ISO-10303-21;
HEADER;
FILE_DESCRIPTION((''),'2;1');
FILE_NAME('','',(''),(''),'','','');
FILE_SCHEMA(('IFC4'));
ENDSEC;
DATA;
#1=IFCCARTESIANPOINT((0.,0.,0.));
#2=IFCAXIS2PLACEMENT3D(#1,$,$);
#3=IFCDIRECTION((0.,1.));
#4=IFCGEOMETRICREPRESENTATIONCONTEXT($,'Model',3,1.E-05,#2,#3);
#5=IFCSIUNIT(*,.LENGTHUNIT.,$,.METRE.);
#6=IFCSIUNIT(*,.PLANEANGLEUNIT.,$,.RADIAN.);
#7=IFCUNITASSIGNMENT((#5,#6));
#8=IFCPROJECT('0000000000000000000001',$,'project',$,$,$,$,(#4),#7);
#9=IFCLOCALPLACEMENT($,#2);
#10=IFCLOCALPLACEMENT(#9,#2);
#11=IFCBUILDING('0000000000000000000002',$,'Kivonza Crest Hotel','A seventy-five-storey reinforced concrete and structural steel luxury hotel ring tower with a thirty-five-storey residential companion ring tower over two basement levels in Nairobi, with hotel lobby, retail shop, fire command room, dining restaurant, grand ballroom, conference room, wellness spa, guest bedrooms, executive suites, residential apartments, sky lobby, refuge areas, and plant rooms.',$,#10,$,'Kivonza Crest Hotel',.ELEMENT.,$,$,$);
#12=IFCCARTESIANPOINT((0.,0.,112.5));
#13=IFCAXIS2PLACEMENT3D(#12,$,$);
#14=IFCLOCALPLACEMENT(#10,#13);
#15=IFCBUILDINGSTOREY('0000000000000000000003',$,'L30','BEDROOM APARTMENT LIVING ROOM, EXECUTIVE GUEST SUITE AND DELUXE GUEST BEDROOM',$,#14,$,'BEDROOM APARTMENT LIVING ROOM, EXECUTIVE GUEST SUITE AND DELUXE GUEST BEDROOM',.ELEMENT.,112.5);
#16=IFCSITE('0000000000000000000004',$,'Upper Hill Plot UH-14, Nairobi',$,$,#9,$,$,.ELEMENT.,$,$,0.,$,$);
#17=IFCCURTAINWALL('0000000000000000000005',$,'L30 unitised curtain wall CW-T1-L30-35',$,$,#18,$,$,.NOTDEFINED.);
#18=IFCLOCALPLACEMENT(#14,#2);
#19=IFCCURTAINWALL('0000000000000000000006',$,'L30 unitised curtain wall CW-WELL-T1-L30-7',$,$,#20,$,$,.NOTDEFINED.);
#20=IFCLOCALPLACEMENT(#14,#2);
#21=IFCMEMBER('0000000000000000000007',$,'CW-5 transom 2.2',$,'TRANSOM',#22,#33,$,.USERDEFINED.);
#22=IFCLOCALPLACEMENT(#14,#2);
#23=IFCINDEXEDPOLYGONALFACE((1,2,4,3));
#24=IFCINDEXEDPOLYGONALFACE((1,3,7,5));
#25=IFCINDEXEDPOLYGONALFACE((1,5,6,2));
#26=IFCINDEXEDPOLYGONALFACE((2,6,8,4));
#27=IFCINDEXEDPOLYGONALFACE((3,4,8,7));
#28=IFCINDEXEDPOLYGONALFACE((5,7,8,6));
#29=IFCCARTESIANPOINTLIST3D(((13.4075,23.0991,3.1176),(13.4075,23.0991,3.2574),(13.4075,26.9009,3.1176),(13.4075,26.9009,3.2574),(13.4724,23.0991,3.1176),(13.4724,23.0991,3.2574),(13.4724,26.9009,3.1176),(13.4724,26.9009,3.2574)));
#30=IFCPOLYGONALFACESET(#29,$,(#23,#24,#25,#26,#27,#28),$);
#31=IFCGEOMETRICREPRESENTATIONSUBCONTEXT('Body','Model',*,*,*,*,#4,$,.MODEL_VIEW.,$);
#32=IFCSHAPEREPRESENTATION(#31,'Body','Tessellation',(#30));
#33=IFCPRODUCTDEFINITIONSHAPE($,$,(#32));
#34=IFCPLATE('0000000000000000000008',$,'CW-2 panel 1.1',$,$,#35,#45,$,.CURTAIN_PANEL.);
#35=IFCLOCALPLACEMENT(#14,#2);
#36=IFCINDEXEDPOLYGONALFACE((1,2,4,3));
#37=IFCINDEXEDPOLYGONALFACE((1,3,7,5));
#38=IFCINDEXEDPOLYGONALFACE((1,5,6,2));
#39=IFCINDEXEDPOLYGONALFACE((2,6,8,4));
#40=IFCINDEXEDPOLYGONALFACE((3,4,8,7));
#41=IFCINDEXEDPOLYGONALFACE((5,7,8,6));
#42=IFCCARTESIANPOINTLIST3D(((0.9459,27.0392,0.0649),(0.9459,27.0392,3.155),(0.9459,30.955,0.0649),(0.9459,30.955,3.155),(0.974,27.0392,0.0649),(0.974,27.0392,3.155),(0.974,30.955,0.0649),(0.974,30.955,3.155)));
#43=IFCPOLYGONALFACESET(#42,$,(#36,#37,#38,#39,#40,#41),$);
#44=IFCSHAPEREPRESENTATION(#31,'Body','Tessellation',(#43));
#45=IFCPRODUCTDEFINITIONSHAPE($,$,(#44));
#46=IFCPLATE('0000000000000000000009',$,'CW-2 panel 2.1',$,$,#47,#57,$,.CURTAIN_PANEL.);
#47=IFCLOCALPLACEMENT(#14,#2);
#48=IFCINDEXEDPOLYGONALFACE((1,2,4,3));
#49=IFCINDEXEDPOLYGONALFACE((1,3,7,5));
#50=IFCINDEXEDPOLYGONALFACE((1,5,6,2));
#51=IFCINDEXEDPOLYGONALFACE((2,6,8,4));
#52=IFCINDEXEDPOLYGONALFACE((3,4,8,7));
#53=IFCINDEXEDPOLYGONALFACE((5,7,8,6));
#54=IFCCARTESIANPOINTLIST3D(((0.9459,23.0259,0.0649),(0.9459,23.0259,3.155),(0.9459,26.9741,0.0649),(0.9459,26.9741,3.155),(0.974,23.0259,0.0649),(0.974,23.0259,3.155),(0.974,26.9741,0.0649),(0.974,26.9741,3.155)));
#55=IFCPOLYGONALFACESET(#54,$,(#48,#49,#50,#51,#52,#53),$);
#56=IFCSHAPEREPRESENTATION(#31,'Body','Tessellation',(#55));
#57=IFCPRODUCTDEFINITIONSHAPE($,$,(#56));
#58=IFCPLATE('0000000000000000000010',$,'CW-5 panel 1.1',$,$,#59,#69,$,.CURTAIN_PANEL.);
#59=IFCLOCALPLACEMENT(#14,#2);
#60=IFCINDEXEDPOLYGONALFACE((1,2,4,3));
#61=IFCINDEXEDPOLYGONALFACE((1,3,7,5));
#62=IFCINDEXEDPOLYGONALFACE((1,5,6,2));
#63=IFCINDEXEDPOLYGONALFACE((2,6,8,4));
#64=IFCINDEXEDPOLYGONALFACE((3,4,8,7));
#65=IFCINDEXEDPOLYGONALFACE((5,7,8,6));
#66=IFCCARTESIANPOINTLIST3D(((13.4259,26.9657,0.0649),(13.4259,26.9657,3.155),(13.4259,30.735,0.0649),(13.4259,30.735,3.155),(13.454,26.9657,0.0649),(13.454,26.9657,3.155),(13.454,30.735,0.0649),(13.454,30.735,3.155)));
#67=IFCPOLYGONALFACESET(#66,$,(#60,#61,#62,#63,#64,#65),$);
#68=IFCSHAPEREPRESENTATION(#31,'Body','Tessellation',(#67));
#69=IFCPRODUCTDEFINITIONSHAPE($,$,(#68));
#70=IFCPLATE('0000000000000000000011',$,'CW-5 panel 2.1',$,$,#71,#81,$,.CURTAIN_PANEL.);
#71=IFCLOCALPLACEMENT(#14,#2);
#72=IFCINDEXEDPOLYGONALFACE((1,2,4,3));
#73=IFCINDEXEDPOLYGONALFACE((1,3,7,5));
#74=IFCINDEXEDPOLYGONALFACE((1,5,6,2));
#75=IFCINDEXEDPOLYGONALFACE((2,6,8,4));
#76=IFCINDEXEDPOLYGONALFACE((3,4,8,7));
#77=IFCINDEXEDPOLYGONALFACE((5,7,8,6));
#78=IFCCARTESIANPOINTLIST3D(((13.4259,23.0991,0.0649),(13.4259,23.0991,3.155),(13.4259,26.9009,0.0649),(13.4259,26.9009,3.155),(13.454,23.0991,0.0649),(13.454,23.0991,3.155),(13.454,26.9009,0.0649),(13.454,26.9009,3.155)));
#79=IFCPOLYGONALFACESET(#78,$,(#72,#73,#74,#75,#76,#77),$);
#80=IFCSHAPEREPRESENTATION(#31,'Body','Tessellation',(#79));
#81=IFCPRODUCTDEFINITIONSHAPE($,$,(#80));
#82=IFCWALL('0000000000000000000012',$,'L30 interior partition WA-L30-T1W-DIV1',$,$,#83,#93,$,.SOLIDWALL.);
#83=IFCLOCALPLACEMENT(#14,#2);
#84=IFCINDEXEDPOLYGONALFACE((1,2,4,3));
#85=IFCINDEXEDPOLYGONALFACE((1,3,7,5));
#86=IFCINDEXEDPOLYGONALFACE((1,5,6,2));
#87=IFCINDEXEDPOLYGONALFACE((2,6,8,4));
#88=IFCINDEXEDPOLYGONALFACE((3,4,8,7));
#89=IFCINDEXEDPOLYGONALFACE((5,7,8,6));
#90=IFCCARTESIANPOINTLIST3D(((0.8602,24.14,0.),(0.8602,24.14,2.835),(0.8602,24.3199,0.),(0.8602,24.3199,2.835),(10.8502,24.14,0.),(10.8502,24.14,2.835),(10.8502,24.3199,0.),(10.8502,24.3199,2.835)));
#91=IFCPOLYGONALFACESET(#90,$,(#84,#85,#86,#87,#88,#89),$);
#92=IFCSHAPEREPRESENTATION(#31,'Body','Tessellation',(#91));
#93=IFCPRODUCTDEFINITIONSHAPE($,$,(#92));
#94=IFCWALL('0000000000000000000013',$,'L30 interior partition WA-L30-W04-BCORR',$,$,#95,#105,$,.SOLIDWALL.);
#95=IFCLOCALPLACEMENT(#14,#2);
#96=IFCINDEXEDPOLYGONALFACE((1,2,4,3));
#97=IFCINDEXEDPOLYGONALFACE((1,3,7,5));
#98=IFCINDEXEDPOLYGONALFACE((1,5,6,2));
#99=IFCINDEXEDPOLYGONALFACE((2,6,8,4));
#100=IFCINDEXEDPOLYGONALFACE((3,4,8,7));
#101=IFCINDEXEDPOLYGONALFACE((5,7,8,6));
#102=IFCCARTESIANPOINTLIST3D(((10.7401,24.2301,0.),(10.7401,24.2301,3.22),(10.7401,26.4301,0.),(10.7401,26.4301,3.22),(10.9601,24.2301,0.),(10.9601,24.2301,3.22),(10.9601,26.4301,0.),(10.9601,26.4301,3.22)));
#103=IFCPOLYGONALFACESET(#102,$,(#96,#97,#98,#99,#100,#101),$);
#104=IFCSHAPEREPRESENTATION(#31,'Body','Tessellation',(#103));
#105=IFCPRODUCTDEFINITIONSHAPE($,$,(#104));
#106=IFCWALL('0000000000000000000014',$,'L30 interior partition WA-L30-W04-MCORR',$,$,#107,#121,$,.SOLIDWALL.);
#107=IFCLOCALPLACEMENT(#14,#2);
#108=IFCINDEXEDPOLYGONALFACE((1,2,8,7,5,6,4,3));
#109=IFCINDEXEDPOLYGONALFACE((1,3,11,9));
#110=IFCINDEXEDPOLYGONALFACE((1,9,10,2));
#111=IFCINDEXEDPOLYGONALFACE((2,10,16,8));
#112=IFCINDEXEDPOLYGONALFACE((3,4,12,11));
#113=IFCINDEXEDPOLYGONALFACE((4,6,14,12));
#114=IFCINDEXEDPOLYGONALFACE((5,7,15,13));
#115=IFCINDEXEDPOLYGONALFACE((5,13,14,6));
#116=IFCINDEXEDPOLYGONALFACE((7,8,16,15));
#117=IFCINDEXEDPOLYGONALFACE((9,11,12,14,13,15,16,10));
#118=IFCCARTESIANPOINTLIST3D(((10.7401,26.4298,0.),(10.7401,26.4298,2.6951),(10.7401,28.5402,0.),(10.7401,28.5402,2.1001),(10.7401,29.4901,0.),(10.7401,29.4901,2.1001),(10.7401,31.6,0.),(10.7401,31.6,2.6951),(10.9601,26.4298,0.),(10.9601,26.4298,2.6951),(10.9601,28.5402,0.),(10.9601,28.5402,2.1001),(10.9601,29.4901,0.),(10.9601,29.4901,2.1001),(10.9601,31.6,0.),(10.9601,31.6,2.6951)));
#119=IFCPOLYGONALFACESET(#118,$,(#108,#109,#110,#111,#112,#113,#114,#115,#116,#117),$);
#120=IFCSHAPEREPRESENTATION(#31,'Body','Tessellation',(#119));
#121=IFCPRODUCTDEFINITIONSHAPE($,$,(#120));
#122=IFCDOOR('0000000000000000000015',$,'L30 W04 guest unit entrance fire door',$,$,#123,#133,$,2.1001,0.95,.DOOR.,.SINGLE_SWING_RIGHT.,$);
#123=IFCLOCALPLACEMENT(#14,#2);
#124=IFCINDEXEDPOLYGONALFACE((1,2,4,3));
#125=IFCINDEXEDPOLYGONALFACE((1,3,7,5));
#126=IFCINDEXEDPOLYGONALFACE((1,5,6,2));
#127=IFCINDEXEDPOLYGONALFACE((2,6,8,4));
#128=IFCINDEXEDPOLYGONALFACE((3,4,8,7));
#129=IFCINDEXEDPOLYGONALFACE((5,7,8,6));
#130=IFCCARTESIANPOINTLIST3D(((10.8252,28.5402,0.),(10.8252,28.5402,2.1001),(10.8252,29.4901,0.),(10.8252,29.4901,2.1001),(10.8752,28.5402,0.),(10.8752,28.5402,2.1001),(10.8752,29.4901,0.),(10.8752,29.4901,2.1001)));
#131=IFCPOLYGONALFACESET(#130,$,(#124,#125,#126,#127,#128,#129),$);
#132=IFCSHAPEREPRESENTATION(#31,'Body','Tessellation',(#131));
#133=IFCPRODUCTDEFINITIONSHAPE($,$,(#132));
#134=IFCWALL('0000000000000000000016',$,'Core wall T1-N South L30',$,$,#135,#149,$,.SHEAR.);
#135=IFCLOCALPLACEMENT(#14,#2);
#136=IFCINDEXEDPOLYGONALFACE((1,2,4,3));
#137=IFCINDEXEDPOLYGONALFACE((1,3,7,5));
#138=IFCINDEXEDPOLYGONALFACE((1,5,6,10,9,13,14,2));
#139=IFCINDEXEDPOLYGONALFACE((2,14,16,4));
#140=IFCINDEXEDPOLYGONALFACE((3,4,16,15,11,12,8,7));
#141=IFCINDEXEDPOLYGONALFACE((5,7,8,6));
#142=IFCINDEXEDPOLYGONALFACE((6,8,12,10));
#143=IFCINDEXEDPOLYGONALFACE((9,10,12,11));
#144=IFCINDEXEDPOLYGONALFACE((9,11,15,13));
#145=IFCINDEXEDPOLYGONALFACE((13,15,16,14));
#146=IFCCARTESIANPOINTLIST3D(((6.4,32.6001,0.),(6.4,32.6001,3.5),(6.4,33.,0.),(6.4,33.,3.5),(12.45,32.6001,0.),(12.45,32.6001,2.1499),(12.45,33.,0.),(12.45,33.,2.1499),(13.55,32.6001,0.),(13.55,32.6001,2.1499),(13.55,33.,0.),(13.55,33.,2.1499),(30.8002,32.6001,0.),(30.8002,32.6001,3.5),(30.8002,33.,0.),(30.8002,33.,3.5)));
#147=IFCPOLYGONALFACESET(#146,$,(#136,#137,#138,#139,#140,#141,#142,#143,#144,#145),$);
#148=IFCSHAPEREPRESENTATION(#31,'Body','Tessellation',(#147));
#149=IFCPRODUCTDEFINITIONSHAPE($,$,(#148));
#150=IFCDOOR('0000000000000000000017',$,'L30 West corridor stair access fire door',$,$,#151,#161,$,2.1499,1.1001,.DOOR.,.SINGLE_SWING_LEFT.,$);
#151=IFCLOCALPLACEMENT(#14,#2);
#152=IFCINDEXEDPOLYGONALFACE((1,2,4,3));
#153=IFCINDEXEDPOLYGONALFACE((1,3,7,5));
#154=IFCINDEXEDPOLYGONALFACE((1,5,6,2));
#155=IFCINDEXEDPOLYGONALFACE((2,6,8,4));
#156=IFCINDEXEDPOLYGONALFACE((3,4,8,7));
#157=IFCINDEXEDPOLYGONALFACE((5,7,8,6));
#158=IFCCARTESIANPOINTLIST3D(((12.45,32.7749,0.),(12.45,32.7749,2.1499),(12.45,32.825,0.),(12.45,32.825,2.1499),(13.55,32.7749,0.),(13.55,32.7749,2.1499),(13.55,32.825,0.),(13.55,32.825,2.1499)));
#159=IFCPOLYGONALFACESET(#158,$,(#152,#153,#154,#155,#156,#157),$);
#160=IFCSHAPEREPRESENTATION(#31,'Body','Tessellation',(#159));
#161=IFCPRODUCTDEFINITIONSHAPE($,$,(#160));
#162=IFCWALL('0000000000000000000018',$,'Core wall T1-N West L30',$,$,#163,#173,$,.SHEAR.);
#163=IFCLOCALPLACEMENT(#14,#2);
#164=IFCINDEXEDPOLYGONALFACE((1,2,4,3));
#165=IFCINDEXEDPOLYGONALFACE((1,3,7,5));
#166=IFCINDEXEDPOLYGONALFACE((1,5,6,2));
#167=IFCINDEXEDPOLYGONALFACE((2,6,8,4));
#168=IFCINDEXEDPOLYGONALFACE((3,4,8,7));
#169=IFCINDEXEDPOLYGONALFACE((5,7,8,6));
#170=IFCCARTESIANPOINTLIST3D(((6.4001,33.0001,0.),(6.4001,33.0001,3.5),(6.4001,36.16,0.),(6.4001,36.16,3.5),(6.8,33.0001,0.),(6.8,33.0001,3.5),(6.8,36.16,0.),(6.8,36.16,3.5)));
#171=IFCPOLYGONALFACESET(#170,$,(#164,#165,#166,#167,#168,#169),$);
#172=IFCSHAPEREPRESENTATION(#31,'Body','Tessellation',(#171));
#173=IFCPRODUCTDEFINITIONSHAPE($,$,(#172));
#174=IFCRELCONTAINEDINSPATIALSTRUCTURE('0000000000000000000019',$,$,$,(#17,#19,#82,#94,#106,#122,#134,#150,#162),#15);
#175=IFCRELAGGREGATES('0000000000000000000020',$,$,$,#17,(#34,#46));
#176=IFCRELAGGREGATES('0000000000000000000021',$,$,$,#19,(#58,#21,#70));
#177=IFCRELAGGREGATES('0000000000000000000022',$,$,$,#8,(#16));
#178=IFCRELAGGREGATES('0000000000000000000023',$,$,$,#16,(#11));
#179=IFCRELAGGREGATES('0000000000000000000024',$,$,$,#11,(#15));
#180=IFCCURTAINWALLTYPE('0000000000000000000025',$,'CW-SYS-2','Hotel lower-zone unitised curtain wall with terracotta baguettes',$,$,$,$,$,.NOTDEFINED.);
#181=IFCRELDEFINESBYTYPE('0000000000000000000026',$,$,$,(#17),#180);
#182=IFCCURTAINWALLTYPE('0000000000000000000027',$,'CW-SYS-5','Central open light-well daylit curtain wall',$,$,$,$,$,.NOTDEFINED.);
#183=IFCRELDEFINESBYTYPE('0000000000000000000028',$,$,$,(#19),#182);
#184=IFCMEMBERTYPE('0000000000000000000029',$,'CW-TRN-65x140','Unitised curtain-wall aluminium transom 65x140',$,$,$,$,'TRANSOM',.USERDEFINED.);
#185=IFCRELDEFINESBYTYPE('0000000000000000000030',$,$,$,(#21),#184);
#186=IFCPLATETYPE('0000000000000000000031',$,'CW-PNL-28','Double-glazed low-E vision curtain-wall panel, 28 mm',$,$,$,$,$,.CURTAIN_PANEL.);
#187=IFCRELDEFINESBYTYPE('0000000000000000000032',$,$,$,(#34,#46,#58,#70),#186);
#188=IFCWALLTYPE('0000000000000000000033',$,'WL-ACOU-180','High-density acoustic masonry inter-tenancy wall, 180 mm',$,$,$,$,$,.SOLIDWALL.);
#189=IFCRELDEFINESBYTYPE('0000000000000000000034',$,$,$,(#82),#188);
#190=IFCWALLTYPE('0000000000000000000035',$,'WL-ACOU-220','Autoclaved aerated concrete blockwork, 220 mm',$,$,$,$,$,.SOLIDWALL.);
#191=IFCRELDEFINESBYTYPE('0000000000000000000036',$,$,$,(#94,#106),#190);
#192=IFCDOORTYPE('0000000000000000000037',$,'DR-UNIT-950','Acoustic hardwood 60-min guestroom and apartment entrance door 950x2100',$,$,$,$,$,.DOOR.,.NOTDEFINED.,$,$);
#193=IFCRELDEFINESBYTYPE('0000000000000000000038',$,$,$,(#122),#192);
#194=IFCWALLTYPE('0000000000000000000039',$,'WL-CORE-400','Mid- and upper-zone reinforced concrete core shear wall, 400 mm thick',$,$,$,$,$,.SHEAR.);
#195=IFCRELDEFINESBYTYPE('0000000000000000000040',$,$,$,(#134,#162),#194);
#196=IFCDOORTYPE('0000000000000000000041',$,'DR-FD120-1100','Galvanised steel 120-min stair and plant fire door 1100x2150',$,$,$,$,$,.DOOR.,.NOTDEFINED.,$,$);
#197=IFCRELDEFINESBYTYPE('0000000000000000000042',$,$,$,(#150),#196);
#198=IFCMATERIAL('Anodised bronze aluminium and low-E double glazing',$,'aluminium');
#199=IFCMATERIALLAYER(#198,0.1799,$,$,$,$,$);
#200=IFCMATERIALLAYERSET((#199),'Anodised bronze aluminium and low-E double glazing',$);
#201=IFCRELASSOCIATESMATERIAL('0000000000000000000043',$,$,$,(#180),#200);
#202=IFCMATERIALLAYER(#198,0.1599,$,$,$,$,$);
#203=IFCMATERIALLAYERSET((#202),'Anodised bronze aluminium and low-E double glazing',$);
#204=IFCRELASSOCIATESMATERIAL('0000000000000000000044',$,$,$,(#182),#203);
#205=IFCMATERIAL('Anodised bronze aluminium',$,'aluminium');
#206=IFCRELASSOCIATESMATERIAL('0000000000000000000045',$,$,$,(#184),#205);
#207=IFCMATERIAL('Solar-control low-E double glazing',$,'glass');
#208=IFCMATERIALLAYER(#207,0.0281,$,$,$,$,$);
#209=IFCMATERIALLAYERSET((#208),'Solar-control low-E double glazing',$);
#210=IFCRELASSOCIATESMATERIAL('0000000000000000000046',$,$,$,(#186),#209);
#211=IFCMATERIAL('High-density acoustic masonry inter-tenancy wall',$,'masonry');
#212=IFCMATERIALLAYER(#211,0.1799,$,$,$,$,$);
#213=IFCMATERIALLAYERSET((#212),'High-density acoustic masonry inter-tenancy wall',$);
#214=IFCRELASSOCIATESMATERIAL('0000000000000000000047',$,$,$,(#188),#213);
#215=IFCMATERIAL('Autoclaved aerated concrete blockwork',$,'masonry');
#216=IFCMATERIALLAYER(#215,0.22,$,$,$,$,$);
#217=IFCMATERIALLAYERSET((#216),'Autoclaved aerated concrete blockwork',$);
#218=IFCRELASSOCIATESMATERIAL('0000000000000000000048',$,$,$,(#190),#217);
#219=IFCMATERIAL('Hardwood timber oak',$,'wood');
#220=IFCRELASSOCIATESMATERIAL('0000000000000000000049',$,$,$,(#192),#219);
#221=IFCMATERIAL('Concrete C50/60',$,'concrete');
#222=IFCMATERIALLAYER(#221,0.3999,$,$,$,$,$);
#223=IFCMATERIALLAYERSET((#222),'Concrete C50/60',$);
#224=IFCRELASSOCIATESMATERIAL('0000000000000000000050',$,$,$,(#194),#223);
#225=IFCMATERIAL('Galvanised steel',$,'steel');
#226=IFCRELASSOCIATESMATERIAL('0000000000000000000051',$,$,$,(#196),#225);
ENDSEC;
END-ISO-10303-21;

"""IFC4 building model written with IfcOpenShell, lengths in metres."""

from ifc_helpers import new_model, si_unit, direction, frame, frame_2d, origin, origin_2d, place, context, subcontext, project, spatial, rectangle, extrude, material, layer, layer_set, material_profile, profile_set, type_object, element, fill, aggregate, save


model = new_model("IFC4")

# Units and contexts
model_context = context("Model", 3, precision=1e-05, world=origin(), true_north=direction((0.0, 1.0)))
body_context = subcontext(model_context, "Body", "Model", "MODEL_VIEW")
ifc_project = project(units=[si_unit("LENGTHUNIT", "METRE"), si_unit("PLANEANGLEUNIT", "RADIAN")], contexts=[model_context])

# Site, building, storey
site_placement = place(None, origin())
site = spatial("IfcSite", under=ifc_project, at=site_placement, Name="Upper Hill Plot UH-14, Nairobi", CompositionType="ELEMENT", RefElevation=0.0)
building_placement = place(site_placement, origin())
building = spatial("IfcBuilding", under=site, at=building_placement, Name="Kivonza Crest Hotel", Description="A seventy-five-storey reinforced concrete and structural steel luxury hotel ring tower with a thirty-five-storey residential companion ring tower over two basement levels in Nairobi, with hotel lobby, retail shop, fire command room, dining restaurant, grand ballroom, conference room, wellness spa, guest bedrooms, executive suites, residential apartments, sky lobby, refuge areas, and plant rooms.", LongName="Kivonza Crest Hotel", CompositionType="ELEMENT")
storey_placement = place(building_placement, frame((0.0, 0.0, 112.5)))
storey = spatial("IfcBuildingStorey", under=building, at=storey_placement, Name="L30", Description="BEDROOM APARTMENT LIVING ROOM, EXECUTIVE GUEST SUITE AND DELUXE GUEST BEDROOM", LongName="BEDROOM APARTMENT LIVING ROOM, EXECUTIVE GUEST SUITE AND DELUXE GUEST BEDROOM", CompositionType="ELEMENT", Elevation=112.5)

# Shared definitions
ifc_material_1 = material(Name="Concrete C50/60", Category="concrete")

# Curtain walls
ifc_material_2 = material(Name="Anodised bronze aluminium and low-E double glazing", Category="aluminium")
ifc_layer_1 = layer(ifc_material_2, 0.1799)
ifc_layer_set_1 = layer_set([ifc_layer_1], Name="Anodised bronze aluminium and low-E double glazing")
curtain_wall_type_1 = type_object("IfcCurtainWallType", Name="CW-SYS-2", Description="Hotel lower-zone unitised curtain wall with terracotta baguettes", PredefinedType="NOTDEFINED", material=ifc_layer_set_1)
curtain_wall_1_placement = place(storey_placement, origin())
curtain_wall_1 = element("IfcCurtainWall", 1, at=curtain_wall_1_placement, inside=storey, type_object=curtain_wall_type_1, Name="L30 unitised curtain wall CW-T1-L30-35", PredefinedType="NOTDEFINED")
ifc_material_3 = material(Name="Anodised bronze aluminium", Category="aluminium")
ifc_layer_2 = layer(ifc_material_2, 0.1599)
ifc_layer_set_2 = layer_set([ifc_layer_2], Name="Anodised bronze aluminium and low-E double glazing")
curtain_wall_type_2 = type_object("IfcCurtainWallType", Name="CW-SYS-5", Description="Central open light-well daylit curtain wall", PredefinedType="NOTDEFINED", material=ifc_layer_set_2)
curtain_wall_2_placement = place(storey_placement, origin())
curtain_wall_2 = element("IfcCurtainWall", 2, at=curtain_wall_2_placement, inside=storey, type_object=curtain_wall_type_2, Name="L30 unitised curtain wall CW-WELL-T1-L30-7", PredefinedType="NOTDEFINED")

# Member
ifc_material_profile_1 = material_profile(ifc_material_3, rectangle(XDim=0.0649, YDim=0.1399, at=origin_2d()), Name="CW-T 65x140")
ifc_profile_set_1 = profile_set([ifc_material_profile_1], Name="Anodised bronze aluminium")
member_type_1 = type_object("IfcMemberType", Name="CW-TRN-65x140", Description="Unitised curtain-wall aluminium transom 65x140", ElementType="TRANSOM", PredefinedType="USERDEFINED", material=ifc_profile_set_1)
member_1_placement = place(storey_placement, frame((13.4399, 26.9009, 3.1875), z_axis=(0.0, -1.0, 0.0), x_axis=(1.0, 0.0, 0.0)))
member_1 = element("IfcMember", 3, at=member_1_placement, type_object=member_type_1, Name="CW-5 transom 2.2", ObjectType="TRANSOM", PredefinedType="USERDEFINED", context=body_context, shape_type="SweptSolid", body=[
    extrude(rectangle(XDim=0.0649, YDim=0.1399, at=origin_2d()), origin(), (0.0, 0.0, 1.0), 3.8018),
])

# Plates
ifc_material_4 = material(Name="Solar-control low-E double glazing", Category="glass")
ifc_layer_3 = layer(ifc_material_4, 0.0281)
ifc_layer_set_3 = layer_set([ifc_layer_3], Name="Solar-control low-E double glazing")
plate_type = type_object("IfcPlateType", Name="CW-PNL-28", Description="Double-glazed low-E vision curtain-wall panel, 28 mm", PredefinedType="CURTAIN_PANEL", material=ifc_layer_set_3)
plate_1_placement = place(storey_placement, frame((0.96, 28.9971, 0.0649), z_axis=(0.0, 0.0, 1.0), x_axis=(0.0, -1.0, 0.0)))
plate_1 = element("IfcPlate", 4, at=plate_1_placement, type_object=plate_type, Name="CW-2 panel 1.1", PredefinedType="CURTAIN_PANEL", context=body_context, shape_type="SweptSolid", body=[
    extrude(rectangle(XDim=3.9158, YDim=0.0281, at=origin_2d()), origin(), (0.0, 0.0, 1.0), 3.0901),
])
plate_2_placement = place(storey_placement, frame((0.96, 25.0, 0.0649), z_axis=(0.0, 0.0, 1.0), x_axis=(0.0, -1.0, 0.0)))
plate_2 = element("IfcPlate", 5, at=plate_2_placement, type_object=plate_type, Name="CW-2 panel 2.1", PredefinedType="CURTAIN_PANEL", context=body_context, shape_type="SweptSolid", body=[
    extrude(rectangle(XDim=3.9482, YDim=0.0281, at=origin_2d()), origin(), (0.0, 0.0, 1.0), 3.0901),
])
aggregate(curtain_wall_1, [plate_1, plate_2])
plate_3_placement = place(storey_placement, frame((13.4399, 28.8503, 0.0649), z_axis=(0.0, 0.0, 1.0), x_axis=(0.0, -1.0, 0.0)))
plate_3 = element("IfcPlate", 6, at=plate_3_placement, type_object=plate_type, Name="CW-5 panel 1.1", PredefinedType="CURTAIN_PANEL", context=body_context, shape_type="SweptSolid", body=[
    extrude(rectangle(XDim=3.7693, YDim=0.0281, at=origin_2d()), origin(), (0.0, 0.0, 1.0), 3.0901),
])
plate_4_placement = place(storey_placement, frame((13.4399, 25.0, 0.0649), z_axis=(0.0, 0.0, 1.0), x_axis=(0.0, -1.0, 0.0)))
plate_4 = element("IfcPlate", 7, at=plate_4_placement, type_object=plate_type, Name="CW-5 panel 2.1", PredefinedType="CURTAIN_PANEL", context=body_context, shape_type="SweptSolid", body=[
    extrude(rectangle(XDim=3.8018, YDim=0.0281, at=origin_2d()), origin(), (0.0, 0.0, 1.0), 3.0901),
])
aggregate(curtain_wall_2, [plate_3, member_1, plate_4])

# Walls
ifc_material_5 = material(Name="High-density acoustic masonry inter-tenancy wall", Category="masonry")
ifc_layer_4 = layer(ifc_material_5, 0.1799)
ifc_layer_set_4 = layer_set([ifc_layer_4], Name="High-density acoustic masonry inter-tenancy wall")
wall_type_1 = type_object("IfcWallType", Name="WL-ACOU-180", Description="High-density acoustic masonry inter-tenancy wall, 180 mm", PredefinedType="SOLIDWALL", material=ifc_layer_set_4)
wall_1_placement = place(storey_placement, frame((0.8601, 24.23, 0.0), z_axis=(0.0, 0.0, 1.0), x_axis=(1.0, 0.0, 0.0)))
element("IfcWall", 8, at=wall_1_placement, inside=storey, type_object=wall_type_1, Name="L30 interior partition WA-L30-T1W-DIV1", PredefinedType="SOLIDWALL", context=body_context, shape_type="SweptSolid", body=[
    extrude(rectangle(XDim=9.99, YDim=0.1799, at=frame_2d((4.9951, 0.0))), origin(), (0.0, 0.0, 1.0), 2.835),
])
ifc_material_6 = material(Name="Autoclaved aerated concrete blockwork", Category="masonry")
ifc_layer_5 = layer(ifc_material_6, 0.22)
ifc_layer_set_5 = layer_set([ifc_layer_5], Name="Autoclaved aerated concrete blockwork")
wall_type_2 = type_object("IfcWallType", Name="WL-ACOU-220", Description="Autoclaved aerated concrete blockwork, 220 mm", PredefinedType="SOLIDWALL", material=ifc_layer_set_5)
wall_2_placement = place(storey_placement, frame((10.8501, 24.23, 0.0), z_axis=(0.0, 0.0, 1.0), x_axis=(0.0, 1.0, 0.0)))
element("IfcWall", 9, at=wall_2_placement, inside=storey, type_object=wall_type_2, Name="L30 interior partition WA-L30-W04-BCORR", PredefinedType="SOLIDWALL", context=body_context, shape_type="SweptSolid", body=[
    extrude(rectangle(XDim=2.2, YDim=0.22, at=frame_2d((1.1001, 0.0))), origin(), (0.0, 0.0, 1.0), 3.22),
])

# Walls, openings, doors
wall_3_placement = place(storey_placement, frame((10.8501, 26.4299, 0.0), z_axis=(0.0, 0.0, 1.0), x_axis=(0.0, 1.0, 0.0)))
wall_3 = element("IfcWall", 10, at=wall_3_placement, inside=storey, type_object=wall_type_2, Name="L30 interior partition WA-L30-W04-MCORR", PredefinedType="SOLIDWALL", context=body_context, shape_type="SweptSolid", body=[
    extrude(rectangle(XDim=5.1702, YDim=0.22, at=frame_2d((2.585, 0.0))), origin(), (0.0, 0.0, 1.0), 2.6951),
])
opening_1_placement = place(wall_3_placement, frame((2.1101, 0.0, 0.0)))
opening_1 = element("IfcOpeningElement", 11, at=opening_1_placement, cuts=wall_3, PredefinedType="OPENING", context=body_context, shape_type="SweptSolid", body=[
    extrude(rectangle(XDim=0.95, YDim=2.1001, at=frame_2d((0.4751, 1.05))), frame((0.0, 0.1201, 0.0), z_axis=(0.0, -1.0, 0.0), x_axis=(1.0, 0.0, 0.0)), (0.0, 0.0, 1.0), 0.24),
])
ifc_material_7 = material(Name="Hardwood timber oak", Category="wood")
door_type_1 = type_object("IfcDoorType", Name="DR-UNIT-950", Description="Acoustic hardwood 60-min guestroom and apartment entrance door 950x2100", OperationType="NOTDEFINED", PredefinedType="DOOR", material=ifc_material_7)
door_1_placement = place(opening_1_placement, origin())
door_1 = element("IfcDoor", 12, at=door_1_placement, inside=storey, type_object=door_type_1, Name="L30 W04 guest unit entrance fire door", OperationType="SINGLE_SWING_RIGHT", OverallHeight=2.1001, OverallWidth=0.95, PredefinedType="DOOR", context=body_context, shape_type="SweptSolid", body=[
    extrude(rectangle(XDim=0.95, YDim=2.1001, at=frame_2d((0.4751, 1.05))), frame((0.0, 0.0249, 0.0), z_axis=(0.0, -1.0, 0.0), x_axis=(1.0, 0.0, 0.0)), (0.0, 0.0, 1.0), 0.05),
])
fill(opening_1, door_1)
ifc_layer_6 = layer(ifc_material_1, 0.3999)
ifc_layer_set_6 = layer_set([ifc_layer_6], Name="Concrete C50/60")
wall_type_3 = type_object("IfcWallType", Name="WL-CORE-400", Description="Mid- and upper-zone reinforced concrete core shear wall, 400 mm thick", PredefinedType="SHEAR", material=ifc_layer_set_6)
wall_4_placement = place(storey_placement, frame((6.3999, 32.8, 0.0), z_axis=(0.0, 0.0, 1.0), x_axis=(1.0, 0.0, 0.0)))
wall_4 = element("IfcWall", 13, at=wall_4_placement, inside=storey, type_object=wall_type_3, Name="Core wall T1-N South L30", PredefinedType="SHEAR", context=body_context, shape_type="SweptSolid", body=[
    extrude(rectangle(XDim=24.4001, YDim=0.3999, at=frame_2d((12.2002, 0.0))), origin(), (0.0, 0.0, 1.0), 3.5),
])
opening_2_placement = place(wall_4_placement, frame((6.05, 0.0, 0.0)))
opening_2 = element("IfcOpeningElement", 14, at=opening_2_placement, cuts=wall_4, PredefinedType="OPENING", context=body_context, shape_type="SweptSolid", body=[
    extrude(rectangle(XDim=1.1001, YDim=2.1499, at=frame_2d((0.55, 1.075))), frame((0.0, 0.21, 0.0), z_axis=(0.0, -1.0, 0.0), x_axis=(1.0, 0.0, 0.0)), (0.0, 0.0, 1.0), 0.4199),
])
ifc_material_8 = material(Name="Galvanised steel", Category="steel")
door_type_2 = type_object("IfcDoorType", Name="DR-FD120-1100", Description="Galvanised steel 120-min stair and plant fire door 1100x2150", OperationType="NOTDEFINED", PredefinedType="DOOR", material=ifc_material_8)
door_2_placement = place(opening_2_placement, origin())
door_2 = element("IfcDoor", 15, at=door_2_placement, inside=storey, type_object=door_type_2, Name="L30 West corridor stair access fire door", OperationType="SINGLE_SWING_LEFT", OverallHeight=2.1499, OverallWidth=1.1001, PredefinedType="DOOR", context=body_context, shape_type="SweptSolid", body=[
    extrude(rectangle(XDim=1.1001, YDim=2.1499, at=frame_2d((0.55, 1.075))), frame((0.0, 0.0249, 0.0), z_axis=(0.0, -1.0, 0.0), x_axis=(1.0, 0.0, 0.0)), (0.0, 0.0, 1.0), 0.05),
])
fill(opening_2, door_2)

# Wall
wall_5_placement = place(storey_placement, frame((6.6001, 33.0, 0.0), z_axis=(0.0, 0.0, 1.0), x_axis=(0.0, 1.0, 0.0)))
element("IfcWall", 16, at=wall_5_placement, inside=storey, type_object=wall_type_3, Name="Core wall T1-N West L30", PredefinedType="SHEAR", context=body_context, shape_type="SweptSolid", body=[
    extrude(rectangle(XDim=3.1599, YDim=0.3999, at=frame_2d((1.5801, 0.0))), origin(), (0.0, 0.0, 1.0), 3.5),
])

save(model, "model.ifc")
